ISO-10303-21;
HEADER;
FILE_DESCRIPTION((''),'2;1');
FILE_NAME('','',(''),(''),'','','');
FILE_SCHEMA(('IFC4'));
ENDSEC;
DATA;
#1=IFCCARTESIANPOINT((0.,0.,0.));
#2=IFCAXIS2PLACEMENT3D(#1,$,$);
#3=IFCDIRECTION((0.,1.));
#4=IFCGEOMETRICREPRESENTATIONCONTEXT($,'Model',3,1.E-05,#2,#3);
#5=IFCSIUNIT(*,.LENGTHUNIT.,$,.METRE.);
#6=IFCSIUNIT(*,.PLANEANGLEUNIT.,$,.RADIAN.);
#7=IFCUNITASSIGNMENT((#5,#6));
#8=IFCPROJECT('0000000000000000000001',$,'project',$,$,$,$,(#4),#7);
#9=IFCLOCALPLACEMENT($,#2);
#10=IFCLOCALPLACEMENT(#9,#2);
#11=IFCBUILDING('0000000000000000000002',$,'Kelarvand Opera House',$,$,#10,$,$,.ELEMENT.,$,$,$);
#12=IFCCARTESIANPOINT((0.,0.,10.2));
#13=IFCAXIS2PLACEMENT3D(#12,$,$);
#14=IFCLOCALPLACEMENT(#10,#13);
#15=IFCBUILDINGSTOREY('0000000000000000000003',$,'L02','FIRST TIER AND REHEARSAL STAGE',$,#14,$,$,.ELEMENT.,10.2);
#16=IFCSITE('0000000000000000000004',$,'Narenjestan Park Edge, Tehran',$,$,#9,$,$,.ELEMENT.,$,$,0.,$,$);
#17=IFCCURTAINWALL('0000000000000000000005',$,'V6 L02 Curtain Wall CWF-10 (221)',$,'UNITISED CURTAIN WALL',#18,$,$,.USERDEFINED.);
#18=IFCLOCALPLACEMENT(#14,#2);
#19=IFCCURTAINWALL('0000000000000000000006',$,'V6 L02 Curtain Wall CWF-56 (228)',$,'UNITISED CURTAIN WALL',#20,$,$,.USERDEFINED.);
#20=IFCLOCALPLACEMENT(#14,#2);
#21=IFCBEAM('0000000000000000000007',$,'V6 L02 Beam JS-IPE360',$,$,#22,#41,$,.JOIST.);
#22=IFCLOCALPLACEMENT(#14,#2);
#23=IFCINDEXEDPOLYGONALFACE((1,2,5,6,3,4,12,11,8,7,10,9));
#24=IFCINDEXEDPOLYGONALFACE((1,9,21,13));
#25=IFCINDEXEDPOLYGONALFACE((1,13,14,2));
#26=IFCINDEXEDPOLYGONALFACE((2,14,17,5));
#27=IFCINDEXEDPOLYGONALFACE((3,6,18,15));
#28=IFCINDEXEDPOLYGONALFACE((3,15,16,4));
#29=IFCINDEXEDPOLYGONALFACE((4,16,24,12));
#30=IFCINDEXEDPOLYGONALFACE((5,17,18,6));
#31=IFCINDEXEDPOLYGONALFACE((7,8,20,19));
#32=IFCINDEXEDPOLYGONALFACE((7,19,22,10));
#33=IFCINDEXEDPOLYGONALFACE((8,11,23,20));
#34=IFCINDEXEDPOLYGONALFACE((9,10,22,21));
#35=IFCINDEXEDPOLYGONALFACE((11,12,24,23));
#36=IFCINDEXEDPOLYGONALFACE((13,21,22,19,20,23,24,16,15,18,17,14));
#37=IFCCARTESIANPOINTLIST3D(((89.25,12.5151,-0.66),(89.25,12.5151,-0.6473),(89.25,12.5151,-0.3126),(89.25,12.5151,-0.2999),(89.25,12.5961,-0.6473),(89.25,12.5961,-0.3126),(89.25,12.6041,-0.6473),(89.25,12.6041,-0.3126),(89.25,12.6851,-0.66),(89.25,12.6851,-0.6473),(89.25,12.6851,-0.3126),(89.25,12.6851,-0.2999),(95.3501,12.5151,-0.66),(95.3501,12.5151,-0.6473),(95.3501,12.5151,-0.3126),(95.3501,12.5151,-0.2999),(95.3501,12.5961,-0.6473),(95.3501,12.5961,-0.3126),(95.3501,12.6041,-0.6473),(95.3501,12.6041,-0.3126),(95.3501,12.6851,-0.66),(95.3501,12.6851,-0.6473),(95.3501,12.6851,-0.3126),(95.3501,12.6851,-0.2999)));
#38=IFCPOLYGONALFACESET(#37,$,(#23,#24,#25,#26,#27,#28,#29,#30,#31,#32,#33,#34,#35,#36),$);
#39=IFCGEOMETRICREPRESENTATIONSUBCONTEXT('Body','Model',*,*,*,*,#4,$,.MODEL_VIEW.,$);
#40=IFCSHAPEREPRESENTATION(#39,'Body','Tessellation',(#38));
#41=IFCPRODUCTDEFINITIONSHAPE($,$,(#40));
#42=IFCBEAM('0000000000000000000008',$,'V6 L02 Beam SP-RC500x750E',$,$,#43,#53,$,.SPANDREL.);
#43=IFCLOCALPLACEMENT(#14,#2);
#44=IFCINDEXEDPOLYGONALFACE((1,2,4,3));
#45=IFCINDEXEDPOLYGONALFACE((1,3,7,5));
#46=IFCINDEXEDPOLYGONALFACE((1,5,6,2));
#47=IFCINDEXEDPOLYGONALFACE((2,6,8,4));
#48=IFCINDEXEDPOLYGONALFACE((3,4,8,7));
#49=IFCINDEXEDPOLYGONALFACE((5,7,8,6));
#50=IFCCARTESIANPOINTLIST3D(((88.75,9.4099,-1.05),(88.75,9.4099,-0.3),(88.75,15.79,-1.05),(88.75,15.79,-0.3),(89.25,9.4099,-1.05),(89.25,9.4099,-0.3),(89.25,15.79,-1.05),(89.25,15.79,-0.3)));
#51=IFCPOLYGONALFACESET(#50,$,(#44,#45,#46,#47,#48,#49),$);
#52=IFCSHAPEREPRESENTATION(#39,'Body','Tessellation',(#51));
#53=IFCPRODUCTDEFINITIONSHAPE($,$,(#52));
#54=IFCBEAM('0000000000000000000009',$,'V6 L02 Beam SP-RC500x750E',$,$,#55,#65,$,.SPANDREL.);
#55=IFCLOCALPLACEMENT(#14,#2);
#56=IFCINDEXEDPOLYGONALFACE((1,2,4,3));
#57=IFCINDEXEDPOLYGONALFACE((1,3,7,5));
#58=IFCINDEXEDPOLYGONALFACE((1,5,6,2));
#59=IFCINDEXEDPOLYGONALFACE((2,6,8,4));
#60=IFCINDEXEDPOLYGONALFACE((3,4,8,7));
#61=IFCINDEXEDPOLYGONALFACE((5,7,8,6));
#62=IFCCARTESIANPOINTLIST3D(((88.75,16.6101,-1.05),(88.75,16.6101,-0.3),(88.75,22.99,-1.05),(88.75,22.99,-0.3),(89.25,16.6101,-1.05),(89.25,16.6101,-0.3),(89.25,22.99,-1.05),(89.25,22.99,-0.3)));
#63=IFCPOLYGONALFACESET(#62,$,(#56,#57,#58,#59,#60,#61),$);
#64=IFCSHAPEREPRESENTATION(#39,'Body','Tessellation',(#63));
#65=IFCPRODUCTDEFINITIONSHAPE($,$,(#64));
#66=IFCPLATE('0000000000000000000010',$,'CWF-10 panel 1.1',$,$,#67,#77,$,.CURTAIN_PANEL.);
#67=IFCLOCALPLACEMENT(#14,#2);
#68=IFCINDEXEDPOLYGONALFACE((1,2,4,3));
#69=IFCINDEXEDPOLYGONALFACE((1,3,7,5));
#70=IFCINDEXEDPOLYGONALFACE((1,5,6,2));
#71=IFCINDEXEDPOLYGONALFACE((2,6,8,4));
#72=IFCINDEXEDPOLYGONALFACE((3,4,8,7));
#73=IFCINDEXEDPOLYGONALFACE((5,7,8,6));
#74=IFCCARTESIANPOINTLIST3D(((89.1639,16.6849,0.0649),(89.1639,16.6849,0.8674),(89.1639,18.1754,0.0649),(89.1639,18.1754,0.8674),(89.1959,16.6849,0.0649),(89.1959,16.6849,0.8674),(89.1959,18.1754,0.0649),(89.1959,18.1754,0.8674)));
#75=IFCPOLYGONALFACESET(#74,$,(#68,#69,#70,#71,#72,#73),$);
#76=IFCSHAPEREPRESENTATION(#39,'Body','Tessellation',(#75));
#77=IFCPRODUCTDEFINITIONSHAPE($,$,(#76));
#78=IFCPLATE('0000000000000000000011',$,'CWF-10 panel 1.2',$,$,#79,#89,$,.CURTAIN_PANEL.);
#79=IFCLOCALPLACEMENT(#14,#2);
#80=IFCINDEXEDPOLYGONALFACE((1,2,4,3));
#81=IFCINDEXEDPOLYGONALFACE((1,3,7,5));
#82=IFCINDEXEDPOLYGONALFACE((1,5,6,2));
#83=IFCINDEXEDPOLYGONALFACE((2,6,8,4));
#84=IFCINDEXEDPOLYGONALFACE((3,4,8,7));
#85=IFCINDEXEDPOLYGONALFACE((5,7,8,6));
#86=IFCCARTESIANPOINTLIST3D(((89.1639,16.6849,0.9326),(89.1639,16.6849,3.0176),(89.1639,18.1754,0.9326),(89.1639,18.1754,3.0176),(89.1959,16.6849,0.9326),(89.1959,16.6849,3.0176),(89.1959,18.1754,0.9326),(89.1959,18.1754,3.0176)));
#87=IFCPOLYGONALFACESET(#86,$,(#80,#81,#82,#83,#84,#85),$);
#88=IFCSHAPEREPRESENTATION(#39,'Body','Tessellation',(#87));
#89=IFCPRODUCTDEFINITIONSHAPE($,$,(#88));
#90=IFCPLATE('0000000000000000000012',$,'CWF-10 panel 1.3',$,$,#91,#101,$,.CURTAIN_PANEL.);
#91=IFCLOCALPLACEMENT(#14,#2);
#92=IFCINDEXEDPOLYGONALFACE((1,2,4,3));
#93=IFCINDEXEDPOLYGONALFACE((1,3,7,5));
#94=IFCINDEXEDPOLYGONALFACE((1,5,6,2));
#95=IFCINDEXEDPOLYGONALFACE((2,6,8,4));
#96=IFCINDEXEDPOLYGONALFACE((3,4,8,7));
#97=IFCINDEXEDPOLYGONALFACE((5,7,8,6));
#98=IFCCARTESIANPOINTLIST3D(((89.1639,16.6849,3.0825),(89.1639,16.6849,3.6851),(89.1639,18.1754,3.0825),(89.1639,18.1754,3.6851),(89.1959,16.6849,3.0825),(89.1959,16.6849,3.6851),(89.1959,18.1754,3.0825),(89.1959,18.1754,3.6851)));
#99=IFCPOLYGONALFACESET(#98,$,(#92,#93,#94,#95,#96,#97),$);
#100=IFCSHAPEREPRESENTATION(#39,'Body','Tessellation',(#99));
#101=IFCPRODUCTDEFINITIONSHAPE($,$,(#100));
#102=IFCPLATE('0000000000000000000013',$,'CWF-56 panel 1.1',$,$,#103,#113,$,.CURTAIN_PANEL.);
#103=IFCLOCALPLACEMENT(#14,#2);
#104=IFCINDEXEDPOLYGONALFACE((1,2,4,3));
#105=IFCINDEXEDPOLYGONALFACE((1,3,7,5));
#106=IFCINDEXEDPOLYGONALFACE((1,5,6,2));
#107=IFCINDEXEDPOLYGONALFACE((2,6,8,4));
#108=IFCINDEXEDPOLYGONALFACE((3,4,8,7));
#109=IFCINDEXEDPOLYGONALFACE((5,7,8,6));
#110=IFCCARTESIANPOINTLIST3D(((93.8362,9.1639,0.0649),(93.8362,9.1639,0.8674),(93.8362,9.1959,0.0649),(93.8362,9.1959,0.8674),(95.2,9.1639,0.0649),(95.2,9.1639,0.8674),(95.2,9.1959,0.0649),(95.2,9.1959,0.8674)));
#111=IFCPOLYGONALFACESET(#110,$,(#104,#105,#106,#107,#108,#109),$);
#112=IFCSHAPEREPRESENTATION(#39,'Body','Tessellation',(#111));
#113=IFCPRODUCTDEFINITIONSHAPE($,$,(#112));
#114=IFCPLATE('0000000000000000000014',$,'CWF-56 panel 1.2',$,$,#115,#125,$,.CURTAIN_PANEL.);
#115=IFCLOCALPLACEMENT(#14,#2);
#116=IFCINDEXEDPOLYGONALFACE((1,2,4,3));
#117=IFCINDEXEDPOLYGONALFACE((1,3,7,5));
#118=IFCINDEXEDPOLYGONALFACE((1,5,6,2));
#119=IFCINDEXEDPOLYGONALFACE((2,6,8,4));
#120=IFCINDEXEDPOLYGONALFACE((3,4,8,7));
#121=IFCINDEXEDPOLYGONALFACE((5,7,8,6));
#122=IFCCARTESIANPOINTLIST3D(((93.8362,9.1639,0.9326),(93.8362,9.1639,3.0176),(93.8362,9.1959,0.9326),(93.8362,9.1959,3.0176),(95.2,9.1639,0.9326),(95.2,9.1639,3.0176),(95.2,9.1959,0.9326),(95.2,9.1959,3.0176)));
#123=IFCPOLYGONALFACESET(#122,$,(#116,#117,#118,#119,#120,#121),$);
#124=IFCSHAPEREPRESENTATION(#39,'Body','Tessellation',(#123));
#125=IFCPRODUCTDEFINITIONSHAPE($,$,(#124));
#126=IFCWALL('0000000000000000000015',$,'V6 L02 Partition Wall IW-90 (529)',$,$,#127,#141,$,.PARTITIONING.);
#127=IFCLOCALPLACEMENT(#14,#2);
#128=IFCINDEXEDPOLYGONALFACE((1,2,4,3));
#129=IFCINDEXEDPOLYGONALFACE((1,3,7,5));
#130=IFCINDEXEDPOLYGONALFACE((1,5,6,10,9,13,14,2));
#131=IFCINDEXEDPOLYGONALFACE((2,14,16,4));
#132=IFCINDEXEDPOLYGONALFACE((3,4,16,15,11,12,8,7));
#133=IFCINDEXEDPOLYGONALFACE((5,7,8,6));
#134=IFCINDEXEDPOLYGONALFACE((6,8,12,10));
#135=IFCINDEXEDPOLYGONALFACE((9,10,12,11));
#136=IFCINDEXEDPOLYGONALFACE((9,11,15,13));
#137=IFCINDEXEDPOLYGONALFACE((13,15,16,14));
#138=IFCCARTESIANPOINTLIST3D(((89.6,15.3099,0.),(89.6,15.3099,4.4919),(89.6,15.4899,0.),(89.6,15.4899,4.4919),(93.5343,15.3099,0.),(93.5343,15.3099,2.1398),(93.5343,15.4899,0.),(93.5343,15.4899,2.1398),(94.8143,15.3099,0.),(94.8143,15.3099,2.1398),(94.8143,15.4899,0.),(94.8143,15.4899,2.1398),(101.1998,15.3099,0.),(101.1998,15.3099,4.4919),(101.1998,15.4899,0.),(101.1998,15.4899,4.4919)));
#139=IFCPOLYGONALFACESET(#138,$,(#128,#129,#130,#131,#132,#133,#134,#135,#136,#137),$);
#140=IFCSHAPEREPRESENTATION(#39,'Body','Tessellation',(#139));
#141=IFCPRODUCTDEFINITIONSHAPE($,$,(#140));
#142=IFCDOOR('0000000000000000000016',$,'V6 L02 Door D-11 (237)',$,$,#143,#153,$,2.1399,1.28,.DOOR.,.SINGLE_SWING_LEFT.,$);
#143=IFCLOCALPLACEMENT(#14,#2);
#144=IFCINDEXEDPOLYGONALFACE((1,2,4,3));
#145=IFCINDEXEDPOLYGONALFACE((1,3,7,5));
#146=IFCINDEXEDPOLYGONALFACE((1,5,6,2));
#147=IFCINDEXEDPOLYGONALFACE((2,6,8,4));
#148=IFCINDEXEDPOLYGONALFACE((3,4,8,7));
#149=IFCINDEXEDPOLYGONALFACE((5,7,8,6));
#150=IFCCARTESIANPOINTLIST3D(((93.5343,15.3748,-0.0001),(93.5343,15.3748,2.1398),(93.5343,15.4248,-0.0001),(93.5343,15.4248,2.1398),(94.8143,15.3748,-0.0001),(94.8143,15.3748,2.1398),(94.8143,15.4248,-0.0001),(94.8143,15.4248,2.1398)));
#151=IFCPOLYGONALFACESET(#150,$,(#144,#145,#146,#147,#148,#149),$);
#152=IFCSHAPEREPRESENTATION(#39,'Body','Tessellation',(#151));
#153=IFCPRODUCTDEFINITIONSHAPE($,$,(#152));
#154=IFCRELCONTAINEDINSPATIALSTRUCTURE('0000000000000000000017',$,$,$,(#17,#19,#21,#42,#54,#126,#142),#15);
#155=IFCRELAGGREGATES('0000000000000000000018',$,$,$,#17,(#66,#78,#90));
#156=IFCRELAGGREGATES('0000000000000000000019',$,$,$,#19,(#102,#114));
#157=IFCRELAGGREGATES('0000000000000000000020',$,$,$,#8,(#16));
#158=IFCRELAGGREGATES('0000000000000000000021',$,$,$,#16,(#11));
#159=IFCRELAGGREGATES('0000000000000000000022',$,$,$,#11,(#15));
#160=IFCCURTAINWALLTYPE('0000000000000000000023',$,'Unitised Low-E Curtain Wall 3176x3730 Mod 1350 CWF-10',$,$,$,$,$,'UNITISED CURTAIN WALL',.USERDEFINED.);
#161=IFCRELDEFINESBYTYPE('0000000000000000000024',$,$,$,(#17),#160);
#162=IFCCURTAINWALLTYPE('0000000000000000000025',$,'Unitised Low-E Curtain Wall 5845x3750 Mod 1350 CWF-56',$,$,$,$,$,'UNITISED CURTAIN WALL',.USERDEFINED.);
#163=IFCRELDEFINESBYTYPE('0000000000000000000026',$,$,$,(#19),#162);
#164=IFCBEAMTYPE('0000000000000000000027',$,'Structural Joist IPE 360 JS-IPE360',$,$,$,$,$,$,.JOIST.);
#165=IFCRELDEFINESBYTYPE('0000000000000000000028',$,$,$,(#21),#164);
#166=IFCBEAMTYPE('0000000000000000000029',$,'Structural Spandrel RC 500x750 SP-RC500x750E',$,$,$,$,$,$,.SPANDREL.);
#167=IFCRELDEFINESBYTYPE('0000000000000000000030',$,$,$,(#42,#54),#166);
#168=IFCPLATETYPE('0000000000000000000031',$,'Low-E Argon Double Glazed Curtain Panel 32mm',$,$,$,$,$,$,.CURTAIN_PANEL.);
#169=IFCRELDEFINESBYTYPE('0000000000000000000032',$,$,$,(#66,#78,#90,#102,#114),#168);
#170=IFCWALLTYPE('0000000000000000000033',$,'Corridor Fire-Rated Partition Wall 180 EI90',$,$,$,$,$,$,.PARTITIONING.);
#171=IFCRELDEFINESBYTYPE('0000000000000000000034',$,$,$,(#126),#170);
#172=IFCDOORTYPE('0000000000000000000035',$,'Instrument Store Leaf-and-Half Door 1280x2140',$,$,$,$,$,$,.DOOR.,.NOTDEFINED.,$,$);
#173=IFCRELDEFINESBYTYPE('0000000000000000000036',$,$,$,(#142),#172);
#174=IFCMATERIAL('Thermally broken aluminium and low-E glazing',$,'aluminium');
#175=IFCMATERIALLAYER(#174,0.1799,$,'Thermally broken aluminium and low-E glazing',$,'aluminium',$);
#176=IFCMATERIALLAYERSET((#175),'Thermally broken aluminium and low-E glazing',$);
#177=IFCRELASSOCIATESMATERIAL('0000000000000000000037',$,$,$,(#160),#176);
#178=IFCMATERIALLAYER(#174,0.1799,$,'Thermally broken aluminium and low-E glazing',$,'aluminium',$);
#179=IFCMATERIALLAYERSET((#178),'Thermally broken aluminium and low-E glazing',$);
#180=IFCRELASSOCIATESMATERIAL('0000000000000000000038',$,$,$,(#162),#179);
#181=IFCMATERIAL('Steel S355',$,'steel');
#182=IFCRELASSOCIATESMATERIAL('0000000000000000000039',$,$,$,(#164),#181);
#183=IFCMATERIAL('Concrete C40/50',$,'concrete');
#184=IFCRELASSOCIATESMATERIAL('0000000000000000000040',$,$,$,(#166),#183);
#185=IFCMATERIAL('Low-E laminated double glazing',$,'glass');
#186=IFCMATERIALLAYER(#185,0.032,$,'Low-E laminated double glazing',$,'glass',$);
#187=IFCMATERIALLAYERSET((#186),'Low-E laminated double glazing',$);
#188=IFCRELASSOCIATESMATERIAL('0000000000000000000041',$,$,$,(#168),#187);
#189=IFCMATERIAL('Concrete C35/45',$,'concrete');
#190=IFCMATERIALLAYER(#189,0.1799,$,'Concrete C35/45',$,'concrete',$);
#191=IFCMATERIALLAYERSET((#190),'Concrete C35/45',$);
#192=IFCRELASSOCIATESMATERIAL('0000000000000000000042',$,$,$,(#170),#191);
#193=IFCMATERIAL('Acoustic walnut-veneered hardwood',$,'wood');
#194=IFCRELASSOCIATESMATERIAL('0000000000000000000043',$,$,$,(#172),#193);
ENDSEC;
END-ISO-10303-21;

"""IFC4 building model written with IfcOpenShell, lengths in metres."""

from ifc_helpers import new_model, si_unit, direction, frame, frame_2d, origin, origin_2d, place, context, subcontext, project, spatial, rectangle, i_section, extrude, material, layer, layer_set, material_profile, profile_set, type_object, element, fill, aggregate, save


model = new_model("IFC4")

# Units and contexts
model_context = context("Model", 3, precision=1e-05, world=origin(), true_north=direction((0.0, 1.0)))
body_context = subcontext(model_context, "Body", "Model", "MODEL_VIEW")
ifc_project = project(units=[si_unit("LENGTHUNIT", "METRE"), si_unit("PLANEANGLEUNIT", "RADIAN")], contexts=[model_context])

# Site, building, storey
site_placement = place(None, origin())
site = spatial("IfcSite", under=ifc_project, at=site_placement, Name="Narenjestan Park Edge, Tehran", CompositionType="ELEMENT", RefElevation=0.0)
building_placement = place(site_placement, origin())
building = spatial("IfcBuilding", under=site, at=building_placement, Name="Kelarvand Opera House", CompositionType="ELEMENT")
storey_placement = place(building_placement, frame((0.0, 0.0, 10.2)))
storey = spatial("IfcBuildingStorey", under=building, at=storey_placement, Name="L02", Description="FIRST TIER AND REHEARSAL STAGE", CompositionType="ELEMENT", Elevation=10.2)

# Shared definitions
ifc_material_1 = material(Name="Concrete C40/50", Category="concrete")

# Curtain wall
ifc_material_2 = material(Name="Thermally broken aluminium and low-E glazing", Category="aluminium")
ifc_layer_1 = layer(ifc_material_2, 0.1799, Name="Thermally broken aluminium and low-E glazing", Category="aluminium")
ifc_layer_set_1 = layer_set([ifc_layer_1], Name="Thermally broken aluminium and low-E glazing")
curtain_wall_type_1 = type_object("IfcCurtainWallType", Name="Unitised Low-E Curtain Wall 3176x3730 Mod 1350 CWF-10", ElementType="UNITISED CURTAIN WALL", PredefinedType="USERDEFINED", material=ifc_layer_set_1)
curtain_wall_1_placement = place(storey_placement, origin())
curtain_wall_1 = element("IfcCurtainWall", 1, at=curtain_wall_1_placement, inside=storey, type_object=curtain_wall_type_1, Name="V6 L02 Curtain Wall CWF-10 (221)", ObjectType="UNITISED CURTAIN WALL", PredefinedType="USERDEFINED")

# Curtain wall
ifc_layer_2 = layer(ifc_material_2, 0.1799, Name="Thermally broken aluminium and low-E glazing", Category="aluminium")
ifc_layer_set_2 = layer_set([ifc_layer_2], Name="Thermally broken aluminium and low-E glazing")
curtain_wall_type_2 = type_object("IfcCurtainWallType", Name="Unitised Low-E Curtain Wall 5845x3750 Mod 1350 CWF-56", ElementType="UNITISED CURTAIN WALL", PredefinedType="USERDEFINED", material=ifc_layer_set_2)
curtain_wall_2_placement = place(storey_placement, origin())
curtain_wall_2 = element("IfcCurtainWall", 2, at=curtain_wall_2_placement, inside=storey, type_object=curtain_wall_type_2, Name="V6 L02 Curtain Wall CWF-56 (228)", ObjectType="UNITISED CURTAIN WALL", PredefinedType="USERDEFINED")

# Beams
ifc_material_3 = material(Name="Steel S355", Category="steel")
ifc_material_profile_1 = material_profile(ifc_material_3, i_section(OverallWidth=0.1699, OverallDepth=0.3601, WebThickness=0.0081, FlangeThickness=0.0127, at=origin_2d()), Name="IPE 360", Category="steel")
ifc_profile_set_1 = profile_set([ifc_material_profile_1], Name="Steel S355")
beam_type_1 = type_object("IfcBeamType", Name="Structural Joist IPE 360 JS-IPE360", PredefinedType="JOIST", material=ifc_profile_set_1)
beam_1_placement = place(storey_placement, frame((89.25, 12.6001, -0.48), z_axis=(1.0, 0.0, 0.0), x_axis=(0.0, 1.0, 0.0)))
element("IfcBeam", 3, at=beam_1_placement, inside=storey, type_object=beam_type_1, Name="V6 L02 Beam JS-IPE360", PredefinedType="JOIST", context=body_context, shape_type="SweptSolid", body=[
    extrude(i_section(OverallWidth=0.1699, OverallDepth=0.3601, WebThickness=0.0081, FlangeThickness=0.0127, at=origin_2d()), origin(), (0.0, 0.0, 1.0), 6.1001),
])
ifc_material_profile_2 = material_profile(ifc_material_1, rectangle(XDim=0.5, YDim=0.75, at=origin_2d()), Name="RC 500x750", Category="concrete")
ifc_profile_set_2 = profile_set([ifc_material_profile_2], Name="Concrete C40/50")
beam_type_2 = type_object("IfcBeamType", Name="Structural Spandrel RC 500x750 SP-RC500x750E", PredefinedType="SPANDREL", material=ifc_profile_set_2)
beam_2_placement = place(storey_placement, frame((89.0, 9.4099, -0.675), z_axis=(0.0, 1.0, 0.0), x_axis=(-1.0, 0.0, 0.0)))
element("IfcBeam", 4, at=beam_2_placement, inside=storey, type_object=beam_type_2, Name="V6 L02 Beam SP-RC500x750E", PredefinedType="SPANDREL", context=body_context, shape_type="SweptSolid", body=[
    extrude(rectangle(XDim=0.5, YDim=0.75, at=origin_2d()), origin(), (0.0, 0.0, 1.0), 6.3801),
])
beam_3_placement = place(storey_placement, frame((89.0, 16.6101, -0.675), z_axis=(0.0, 1.0, 0.0), x_axis=(-1.0, 0.0, 0.0)))
element("IfcBeam", 5, at=beam_3_placement, inside=storey, type_object=beam_type_2, Name="V6 L02 Beam SP-RC500x750E", PredefinedType="SPANDREL", context=body_context, shape_type="SweptSolid", body=[
    extrude(rectangle(XDim=0.5, YDim=0.75, at=origin_2d()), origin(), (0.0, 0.0, 1.0), 6.3799),
])

# Plates
ifc_material_4 = material(Name="Low-E laminated double glazing", Category="glass")
ifc_layer_3 = layer(ifc_material_4, 0.032, Name="Low-E laminated double glazing", Category="glass")
ifc_layer_set_3 = layer_set([ifc_layer_3], Name="Low-E laminated double glazing")
plate_type = type_object("IfcPlateType", Name="Low-E Argon Double Glazed Curtain Panel 32mm", PredefinedType="CURTAIN_PANEL", material=ifc_layer_set_3)
plate_1_placement = place(storey_placement, frame((89.1799, 17.4302, 0.0649), z_axis=(0.0, 0.0, 1.0), x_axis=(0.0, 1.0, 0.0)))
plate_1 = element("IfcPlate", 6, at=plate_1_placement, type_object=plate_type, Name="CWF-10 panel 1.1", PredefinedType="CURTAIN_PANEL", context=body_context, shape_type="SweptSolid", body=[
    extrude(rectangle(XDim=1.4905, YDim=0.032, at=origin_2d()), origin(), (0.0, 0.0, 1.0), 0.8025),
])
plate_2_placement = place(storey_placement, frame((89.1799, 17.4302, 0.9326), z_axis=(0.0, 0.0, 1.0), x_axis=(0.0, 1.0, 0.0)))
plate_2 = element("IfcPlate", 7, at=plate_2_placement, type_object=plate_type, Name="CWF-10 panel 1.2", PredefinedType="CURTAIN_PANEL", context=body_context, shape_type="SweptSolid", body=[
    extrude(rectangle(XDim=1.4905, YDim=0.032, at=origin_2d()), origin(), (0.0, 0.0, 1.0), 2.085),
])
plate_3_placement = place(storey_placement, frame((89.1799, 17.4302, 3.0825), z_axis=(0.0, 0.0, 1.0), x_axis=(0.0, 1.0, 0.0)))
plate_3 = element("IfcPlate", 8, at=plate_3_placement, type_object=plate_type, Name="CWF-10 panel 1.3", PredefinedType="CURTAIN_PANEL", context=body_context, shape_type="SweptSolid", body=[
    extrude(rectangle(XDim=1.4905, YDim=0.032, at=origin_2d()), origin(), (0.0, 0.0, 1.0), 0.6025),
])
aggregate(curtain_wall_1, [plate_1, plate_2, plate_3])
plate_4_placement = place(storey_placement, frame((94.5181, 9.1799, 0.0649), z_axis=(0.0, 0.0, 1.0), x_axis=(-1.0, 0.0, 0.0)))
plate_4 = element("IfcPlate", 9, at=plate_4_placement, type_object=plate_type, Name="CWF-56 panel 1.1", PredefinedType="CURTAIN_PANEL", context=body_context, shape_type="SweptSolid", body=[
    extrude(rectangle(XDim=1.3638, YDim=0.032, at=origin_2d()), origin(), (0.0, 0.0, 1.0), 0.8025),
])
plate_5_placement = place(storey_placement, frame((94.5181, 9.1799, 0.9326), z_axis=(0.0, 0.0, 1.0), x_axis=(-1.0, 0.0, 0.0)))
plate_5 = element("IfcPlate", 10, at=plate_5_placement, type_object=plate_type, Name="CWF-56 panel 1.2", PredefinedType="CURTAIN_PANEL", context=body_context, shape_type="SweptSolid", body=[
    extrude(rectangle(XDim=1.3638, YDim=0.032, at=origin_2d()), origin(), (0.0, 0.0, 1.0), 2.085),
])
aggregate(curtain_wall_2, [plate_4, plate_5])

# Wall, opening, door
ifc_material_5 = material(Name="Concrete C35/45", Category="concrete")
ifc_layer_4 = layer(ifc_material_5, 0.1799, Name="Concrete C35/45", Category="concrete")
ifc_layer_set_4 = layer_set([ifc_layer_4], Name="Concrete C35/45")
wall_type_1 = type_object("IfcWallType", Name="Corridor Fire-Rated Partition Wall 180 EI90", PredefinedType="PARTITIONING", material=ifc_layer_set_4)
wall_1_placement = place(storey_placement, frame((89.6001, 15.3999, 0.0), z_axis=(0.0, 0.0, 1.0), x_axis=(1.0, 0.0, 0.0)))
wall_1 = element("IfcWall", 11, at=wall_1_placement, inside=storey, type_object=wall_type_1, Name="V6 L02 Partition Wall IW-90 (529)", PredefinedType="PARTITIONING", context=body_context, shape_type="SweptSolid", body=[
    extrude(rectangle(XDim=11.5999, YDim=0.1799, at=frame_2d((5.7998, 0.0))), origin(), (0.0, 0.0, 1.0), 4.4919),
])
opening_1_placement = place(wall_1_placement, frame((3.9341, 0.0, 0.0)))
opening_1 = element("IfcOpeningElement", 12, at=opening_1_placement, cuts=wall_1, PredefinedType="OPENING", context=body_context, shape_type="SweptSolid", body=[
    extrude(rectangle(XDim=1.28, YDim=2.1399, at=frame_2d((0.6401, 1.0698))), frame((0.0, 0.1001, 0.0), z_axis=(0.0, -1.0, 0.0), x_axis=(1.0, 0.0, 0.0)), (0.0, 0.0, 1.0), 0.2),
])
ifc_material_6 = material(Name="Acoustic walnut-veneered hardwood", Category="wood")
door_type = type_object("IfcDoorType", Name="Instrument Store Leaf-and-Half Door 1280x2140", OperationType="NOTDEFINED", PredefinedType="DOOR", material=ifc_material_6)
door_placement = place(opening_1_placement, origin())
door = element("IfcDoor", 13, at=door_placement, inside=storey, type_object=door_type, Name="V6 L02 Door D-11 (237)", OperationType="SINGLE_SWING_LEFT", OverallHeight=2.1399, OverallWidth=1.28, PredefinedType="DOOR", context=body_context, shape_type="SweptSolid", body=[
    extrude(rectangle(XDim=1.28, YDim=2.1399, at=frame_2d((0.6401, 1.0698))), frame((0.0, 0.0249, 0.0), z_axis=(0.0, -1.0, 0.0), x_axis=(1.0, 0.0, 0.0)), (0.0, 0.0, 1.0), 0.05),
])
fill(opening_1, door)

save(model, "model.ifc")
